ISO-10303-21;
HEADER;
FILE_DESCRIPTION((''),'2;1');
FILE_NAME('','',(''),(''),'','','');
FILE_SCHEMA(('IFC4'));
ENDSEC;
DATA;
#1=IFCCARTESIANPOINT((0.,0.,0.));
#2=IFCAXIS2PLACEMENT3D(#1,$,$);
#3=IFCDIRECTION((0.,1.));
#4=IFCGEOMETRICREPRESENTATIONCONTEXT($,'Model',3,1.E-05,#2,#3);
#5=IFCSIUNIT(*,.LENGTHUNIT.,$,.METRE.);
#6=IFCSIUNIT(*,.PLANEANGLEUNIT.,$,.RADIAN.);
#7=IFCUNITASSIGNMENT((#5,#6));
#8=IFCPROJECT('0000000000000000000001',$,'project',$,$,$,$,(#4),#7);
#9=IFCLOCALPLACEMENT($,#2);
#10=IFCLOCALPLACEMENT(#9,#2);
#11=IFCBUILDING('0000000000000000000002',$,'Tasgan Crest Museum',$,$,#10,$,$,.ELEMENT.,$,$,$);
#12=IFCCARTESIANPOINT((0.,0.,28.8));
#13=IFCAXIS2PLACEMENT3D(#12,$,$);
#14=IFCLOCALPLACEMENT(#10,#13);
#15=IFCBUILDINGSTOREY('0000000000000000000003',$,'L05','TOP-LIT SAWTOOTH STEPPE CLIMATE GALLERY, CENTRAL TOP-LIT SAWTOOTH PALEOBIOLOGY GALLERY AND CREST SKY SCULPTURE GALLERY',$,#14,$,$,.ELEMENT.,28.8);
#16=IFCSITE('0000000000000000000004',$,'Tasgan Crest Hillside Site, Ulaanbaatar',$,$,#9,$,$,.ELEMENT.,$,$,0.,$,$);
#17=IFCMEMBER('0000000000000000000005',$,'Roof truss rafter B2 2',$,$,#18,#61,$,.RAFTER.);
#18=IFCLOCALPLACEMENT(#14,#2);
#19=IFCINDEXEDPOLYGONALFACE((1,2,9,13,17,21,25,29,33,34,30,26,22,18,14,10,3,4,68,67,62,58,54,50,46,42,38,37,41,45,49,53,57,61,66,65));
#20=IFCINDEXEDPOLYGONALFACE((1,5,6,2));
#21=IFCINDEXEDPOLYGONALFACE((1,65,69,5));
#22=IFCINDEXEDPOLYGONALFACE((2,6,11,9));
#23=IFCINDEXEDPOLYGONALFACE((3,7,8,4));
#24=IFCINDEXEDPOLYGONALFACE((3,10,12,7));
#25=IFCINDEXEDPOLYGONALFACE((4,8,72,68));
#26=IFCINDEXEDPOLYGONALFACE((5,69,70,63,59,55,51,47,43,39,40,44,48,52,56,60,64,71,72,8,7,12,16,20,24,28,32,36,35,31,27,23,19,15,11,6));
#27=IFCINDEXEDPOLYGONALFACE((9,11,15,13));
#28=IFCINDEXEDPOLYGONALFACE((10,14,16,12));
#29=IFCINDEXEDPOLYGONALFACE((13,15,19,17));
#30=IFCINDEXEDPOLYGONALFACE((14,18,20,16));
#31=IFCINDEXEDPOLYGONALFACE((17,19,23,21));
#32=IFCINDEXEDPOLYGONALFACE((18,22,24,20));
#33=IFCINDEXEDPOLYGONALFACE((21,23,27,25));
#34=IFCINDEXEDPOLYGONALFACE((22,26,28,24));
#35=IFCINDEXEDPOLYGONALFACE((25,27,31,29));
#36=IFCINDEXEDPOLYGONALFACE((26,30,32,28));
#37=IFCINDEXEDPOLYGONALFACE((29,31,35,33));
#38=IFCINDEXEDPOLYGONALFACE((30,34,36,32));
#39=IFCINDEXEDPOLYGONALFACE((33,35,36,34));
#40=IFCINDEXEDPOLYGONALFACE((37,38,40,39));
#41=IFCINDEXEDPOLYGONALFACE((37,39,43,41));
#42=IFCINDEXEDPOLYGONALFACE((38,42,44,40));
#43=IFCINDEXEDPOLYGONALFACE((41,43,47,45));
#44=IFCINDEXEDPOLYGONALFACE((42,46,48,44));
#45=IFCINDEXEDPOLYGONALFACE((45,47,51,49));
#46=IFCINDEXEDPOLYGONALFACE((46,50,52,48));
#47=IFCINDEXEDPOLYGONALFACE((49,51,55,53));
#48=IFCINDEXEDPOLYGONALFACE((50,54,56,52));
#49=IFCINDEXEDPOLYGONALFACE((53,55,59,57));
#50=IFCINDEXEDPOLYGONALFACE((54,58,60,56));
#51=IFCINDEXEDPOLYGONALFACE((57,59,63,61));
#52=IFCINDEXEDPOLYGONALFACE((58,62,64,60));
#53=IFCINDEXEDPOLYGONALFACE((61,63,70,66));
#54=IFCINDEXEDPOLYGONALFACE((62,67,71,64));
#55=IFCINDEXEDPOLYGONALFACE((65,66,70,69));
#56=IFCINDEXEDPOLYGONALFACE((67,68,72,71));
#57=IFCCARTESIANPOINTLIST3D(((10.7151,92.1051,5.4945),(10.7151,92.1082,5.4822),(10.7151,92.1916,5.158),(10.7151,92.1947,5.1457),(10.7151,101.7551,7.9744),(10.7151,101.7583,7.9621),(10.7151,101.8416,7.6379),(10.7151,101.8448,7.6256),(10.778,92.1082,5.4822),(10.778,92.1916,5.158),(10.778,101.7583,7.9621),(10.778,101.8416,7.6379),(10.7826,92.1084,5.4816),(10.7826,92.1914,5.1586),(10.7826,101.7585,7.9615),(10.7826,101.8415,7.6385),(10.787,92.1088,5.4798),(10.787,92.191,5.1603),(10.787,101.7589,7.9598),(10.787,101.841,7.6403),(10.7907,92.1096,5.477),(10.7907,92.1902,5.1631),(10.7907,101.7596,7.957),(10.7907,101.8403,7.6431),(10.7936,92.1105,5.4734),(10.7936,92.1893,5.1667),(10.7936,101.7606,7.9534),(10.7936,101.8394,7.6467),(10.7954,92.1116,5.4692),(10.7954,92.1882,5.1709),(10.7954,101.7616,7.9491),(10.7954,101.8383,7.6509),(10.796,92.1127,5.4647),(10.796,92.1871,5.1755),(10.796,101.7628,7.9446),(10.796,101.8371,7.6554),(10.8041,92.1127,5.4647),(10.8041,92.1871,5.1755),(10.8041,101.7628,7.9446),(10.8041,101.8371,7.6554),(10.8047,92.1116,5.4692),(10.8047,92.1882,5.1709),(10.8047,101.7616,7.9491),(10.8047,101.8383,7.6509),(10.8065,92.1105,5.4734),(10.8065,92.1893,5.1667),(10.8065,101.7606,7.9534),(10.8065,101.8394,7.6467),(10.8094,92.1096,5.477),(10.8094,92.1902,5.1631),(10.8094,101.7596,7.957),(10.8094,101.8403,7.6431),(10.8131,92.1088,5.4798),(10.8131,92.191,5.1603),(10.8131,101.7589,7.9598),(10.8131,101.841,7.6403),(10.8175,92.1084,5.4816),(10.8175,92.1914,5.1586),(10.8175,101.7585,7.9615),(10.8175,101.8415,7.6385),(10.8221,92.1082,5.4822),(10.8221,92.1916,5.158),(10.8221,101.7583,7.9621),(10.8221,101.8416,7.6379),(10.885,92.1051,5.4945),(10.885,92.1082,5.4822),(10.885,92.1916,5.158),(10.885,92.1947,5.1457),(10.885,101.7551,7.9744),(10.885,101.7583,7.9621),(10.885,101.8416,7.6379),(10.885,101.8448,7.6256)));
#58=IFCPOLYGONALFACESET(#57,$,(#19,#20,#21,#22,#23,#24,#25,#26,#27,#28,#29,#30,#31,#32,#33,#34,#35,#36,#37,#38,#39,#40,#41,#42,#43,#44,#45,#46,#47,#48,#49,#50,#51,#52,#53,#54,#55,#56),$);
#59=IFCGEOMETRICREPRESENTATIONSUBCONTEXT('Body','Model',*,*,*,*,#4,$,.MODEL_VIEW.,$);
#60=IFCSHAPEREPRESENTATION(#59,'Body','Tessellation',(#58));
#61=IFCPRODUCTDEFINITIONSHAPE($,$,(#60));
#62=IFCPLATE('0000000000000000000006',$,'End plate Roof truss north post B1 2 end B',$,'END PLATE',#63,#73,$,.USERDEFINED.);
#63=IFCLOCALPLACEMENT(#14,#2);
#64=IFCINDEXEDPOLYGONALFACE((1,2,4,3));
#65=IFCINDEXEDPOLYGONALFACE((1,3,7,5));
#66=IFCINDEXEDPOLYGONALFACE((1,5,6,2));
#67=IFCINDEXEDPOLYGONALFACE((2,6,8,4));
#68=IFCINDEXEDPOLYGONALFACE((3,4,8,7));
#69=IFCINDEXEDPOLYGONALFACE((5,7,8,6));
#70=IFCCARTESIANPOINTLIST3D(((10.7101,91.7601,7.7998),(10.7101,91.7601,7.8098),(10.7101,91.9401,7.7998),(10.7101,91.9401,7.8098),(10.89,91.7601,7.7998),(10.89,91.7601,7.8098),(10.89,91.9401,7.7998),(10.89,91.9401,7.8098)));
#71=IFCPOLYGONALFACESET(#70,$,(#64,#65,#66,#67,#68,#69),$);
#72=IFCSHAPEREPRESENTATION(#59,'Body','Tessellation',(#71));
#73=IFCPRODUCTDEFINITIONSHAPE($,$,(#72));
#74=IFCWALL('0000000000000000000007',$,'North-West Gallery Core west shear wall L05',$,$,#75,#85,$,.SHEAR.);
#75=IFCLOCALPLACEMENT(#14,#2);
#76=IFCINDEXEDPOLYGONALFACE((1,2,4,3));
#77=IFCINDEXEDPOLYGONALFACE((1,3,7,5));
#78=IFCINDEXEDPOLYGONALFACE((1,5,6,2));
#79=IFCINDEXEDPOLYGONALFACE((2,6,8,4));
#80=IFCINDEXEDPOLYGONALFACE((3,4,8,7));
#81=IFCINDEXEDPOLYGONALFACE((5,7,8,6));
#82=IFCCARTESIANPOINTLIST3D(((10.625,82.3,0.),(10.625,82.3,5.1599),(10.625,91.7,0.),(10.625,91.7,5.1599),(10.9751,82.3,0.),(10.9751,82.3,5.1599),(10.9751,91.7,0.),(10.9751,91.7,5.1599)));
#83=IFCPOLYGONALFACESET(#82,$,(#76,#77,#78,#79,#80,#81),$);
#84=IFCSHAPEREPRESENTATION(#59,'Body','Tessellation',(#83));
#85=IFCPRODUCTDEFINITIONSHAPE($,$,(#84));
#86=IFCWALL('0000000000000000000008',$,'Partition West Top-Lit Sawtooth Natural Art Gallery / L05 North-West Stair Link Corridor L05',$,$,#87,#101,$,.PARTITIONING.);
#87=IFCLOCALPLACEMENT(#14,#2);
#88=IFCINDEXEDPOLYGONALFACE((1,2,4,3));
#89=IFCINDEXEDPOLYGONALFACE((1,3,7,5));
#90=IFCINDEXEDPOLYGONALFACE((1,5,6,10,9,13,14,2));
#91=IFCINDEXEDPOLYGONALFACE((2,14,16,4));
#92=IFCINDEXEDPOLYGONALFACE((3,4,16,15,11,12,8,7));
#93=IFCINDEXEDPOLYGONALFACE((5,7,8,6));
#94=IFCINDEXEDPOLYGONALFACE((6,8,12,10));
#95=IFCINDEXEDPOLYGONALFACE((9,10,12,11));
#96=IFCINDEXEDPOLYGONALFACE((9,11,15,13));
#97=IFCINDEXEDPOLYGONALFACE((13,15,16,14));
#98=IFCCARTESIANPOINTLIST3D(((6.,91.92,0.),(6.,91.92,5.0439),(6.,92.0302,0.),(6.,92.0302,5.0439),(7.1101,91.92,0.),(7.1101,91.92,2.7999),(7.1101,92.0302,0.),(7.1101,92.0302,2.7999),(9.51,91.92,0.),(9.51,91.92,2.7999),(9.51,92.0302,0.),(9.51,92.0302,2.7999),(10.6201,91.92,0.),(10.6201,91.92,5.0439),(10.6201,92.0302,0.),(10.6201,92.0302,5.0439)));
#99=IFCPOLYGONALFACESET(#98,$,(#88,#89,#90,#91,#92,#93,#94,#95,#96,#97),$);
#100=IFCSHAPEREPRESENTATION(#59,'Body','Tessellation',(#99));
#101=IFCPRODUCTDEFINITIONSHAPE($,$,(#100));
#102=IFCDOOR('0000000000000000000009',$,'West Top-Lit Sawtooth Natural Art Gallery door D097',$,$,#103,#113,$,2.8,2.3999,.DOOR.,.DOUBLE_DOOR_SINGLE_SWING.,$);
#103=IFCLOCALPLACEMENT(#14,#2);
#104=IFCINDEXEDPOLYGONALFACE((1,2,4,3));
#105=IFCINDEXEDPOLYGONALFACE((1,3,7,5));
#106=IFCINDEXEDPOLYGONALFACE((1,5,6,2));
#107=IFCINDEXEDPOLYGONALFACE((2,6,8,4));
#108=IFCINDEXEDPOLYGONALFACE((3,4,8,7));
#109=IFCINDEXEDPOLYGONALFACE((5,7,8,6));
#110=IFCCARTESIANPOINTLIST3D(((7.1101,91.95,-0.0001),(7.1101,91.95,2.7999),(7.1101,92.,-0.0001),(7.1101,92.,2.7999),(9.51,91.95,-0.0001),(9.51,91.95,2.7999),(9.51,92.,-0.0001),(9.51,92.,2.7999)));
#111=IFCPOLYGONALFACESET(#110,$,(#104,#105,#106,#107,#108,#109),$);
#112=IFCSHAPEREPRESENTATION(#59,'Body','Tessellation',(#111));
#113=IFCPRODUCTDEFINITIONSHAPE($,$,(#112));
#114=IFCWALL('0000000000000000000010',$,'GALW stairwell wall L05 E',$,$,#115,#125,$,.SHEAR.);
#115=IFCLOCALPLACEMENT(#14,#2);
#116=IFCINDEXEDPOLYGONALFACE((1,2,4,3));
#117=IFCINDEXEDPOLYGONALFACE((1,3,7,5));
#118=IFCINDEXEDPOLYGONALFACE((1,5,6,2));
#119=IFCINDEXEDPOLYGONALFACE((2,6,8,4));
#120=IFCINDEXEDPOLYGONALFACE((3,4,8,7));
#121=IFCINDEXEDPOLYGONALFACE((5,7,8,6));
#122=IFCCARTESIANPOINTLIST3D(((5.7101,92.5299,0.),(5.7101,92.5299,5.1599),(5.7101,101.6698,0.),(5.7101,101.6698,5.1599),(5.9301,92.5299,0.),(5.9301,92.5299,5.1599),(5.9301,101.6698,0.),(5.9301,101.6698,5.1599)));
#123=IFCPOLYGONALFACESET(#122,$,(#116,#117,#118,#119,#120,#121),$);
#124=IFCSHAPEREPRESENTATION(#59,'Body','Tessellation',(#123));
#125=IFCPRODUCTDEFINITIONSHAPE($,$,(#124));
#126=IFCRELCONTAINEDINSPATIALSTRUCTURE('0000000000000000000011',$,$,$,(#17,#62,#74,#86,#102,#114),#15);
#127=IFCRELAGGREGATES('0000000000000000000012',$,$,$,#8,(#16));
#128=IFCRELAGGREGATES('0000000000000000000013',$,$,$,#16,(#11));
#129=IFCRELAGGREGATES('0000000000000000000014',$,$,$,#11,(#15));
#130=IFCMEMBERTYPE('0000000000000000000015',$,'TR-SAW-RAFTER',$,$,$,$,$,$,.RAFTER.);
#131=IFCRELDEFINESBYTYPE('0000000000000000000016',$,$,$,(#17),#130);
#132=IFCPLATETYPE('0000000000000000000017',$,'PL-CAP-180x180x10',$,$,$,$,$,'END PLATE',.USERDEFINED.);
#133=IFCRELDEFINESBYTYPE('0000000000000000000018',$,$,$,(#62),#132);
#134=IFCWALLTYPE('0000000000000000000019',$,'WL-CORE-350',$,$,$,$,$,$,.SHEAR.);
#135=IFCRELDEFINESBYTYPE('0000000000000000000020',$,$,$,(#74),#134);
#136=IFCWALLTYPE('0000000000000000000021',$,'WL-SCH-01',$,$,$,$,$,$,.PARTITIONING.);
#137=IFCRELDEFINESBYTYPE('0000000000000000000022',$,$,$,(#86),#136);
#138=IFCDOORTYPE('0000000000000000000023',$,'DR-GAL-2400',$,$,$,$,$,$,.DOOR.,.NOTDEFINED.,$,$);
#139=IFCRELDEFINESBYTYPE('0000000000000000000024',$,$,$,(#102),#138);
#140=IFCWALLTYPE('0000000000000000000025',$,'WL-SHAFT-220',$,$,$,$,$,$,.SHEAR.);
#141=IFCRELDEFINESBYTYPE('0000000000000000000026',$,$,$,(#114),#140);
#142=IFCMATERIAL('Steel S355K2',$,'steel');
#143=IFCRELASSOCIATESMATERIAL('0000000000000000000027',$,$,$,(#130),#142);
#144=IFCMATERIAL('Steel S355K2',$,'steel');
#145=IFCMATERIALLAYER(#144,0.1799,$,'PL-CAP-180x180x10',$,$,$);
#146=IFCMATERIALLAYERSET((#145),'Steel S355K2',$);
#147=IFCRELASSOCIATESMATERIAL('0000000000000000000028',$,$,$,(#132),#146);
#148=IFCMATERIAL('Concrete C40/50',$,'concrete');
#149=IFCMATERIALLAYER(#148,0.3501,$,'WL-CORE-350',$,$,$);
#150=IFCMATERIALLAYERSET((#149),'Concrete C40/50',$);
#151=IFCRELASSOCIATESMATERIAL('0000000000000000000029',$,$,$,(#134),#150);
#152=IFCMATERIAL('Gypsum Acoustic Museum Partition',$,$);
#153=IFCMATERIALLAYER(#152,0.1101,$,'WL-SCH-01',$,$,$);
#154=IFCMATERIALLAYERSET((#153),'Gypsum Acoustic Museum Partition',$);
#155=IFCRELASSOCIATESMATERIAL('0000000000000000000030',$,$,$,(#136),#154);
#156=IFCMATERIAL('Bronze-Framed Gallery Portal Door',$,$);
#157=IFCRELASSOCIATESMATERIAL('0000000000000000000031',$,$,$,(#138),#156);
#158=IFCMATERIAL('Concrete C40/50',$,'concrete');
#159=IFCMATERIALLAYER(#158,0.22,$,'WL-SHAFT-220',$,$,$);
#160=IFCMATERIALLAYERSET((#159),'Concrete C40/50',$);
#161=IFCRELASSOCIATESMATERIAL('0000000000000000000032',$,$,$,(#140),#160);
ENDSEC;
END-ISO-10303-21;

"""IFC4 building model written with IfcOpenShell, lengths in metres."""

from ifc_helpers import new_model, si_unit, direction, frame, frame_2d, origin, origin_2d, place, context, subcontext, project, spatial, rectangle, i_section, extrude, material, layer, layer_set, material_profile, profile_set, type_object, element, fill, save


model = new_model("IFC4")

# Units and contexts
model_context = context("Model", 3, precision=1e-05, world=origin(), true_north=direction((0.0, 1.0)))
body_context = subcontext(model_context, "Body", "Model", "MODEL_VIEW")
ifc_project = project(units=[si_unit("LENGTHUNIT", "METRE"), si_unit("PLANEANGLEUNIT", "RADIAN")], contexts=[model_context])

# Site, building, storey
site_placement = place(None, origin())
site = spatial("IfcSite", under=ifc_project, at=site_placement, Name="Tasgan Crest Hillside Site, Ulaanbaatar", CompositionType="ELEMENT", RefElevation=0.0)
building_placement = place(site_placement, origin())
building = spatial("IfcBuilding", under=site, at=building_placement, Name="Tasgan Crest Museum", CompositionType="ELEMENT")
storey_placement = place(building_placement, frame((0.0, 0.0, 28.8)))
storey = spatial("IfcBuildingStorey", under=building, at=storey_placement, Name="L05", Description="TOP-LIT SAWTOOTH STEPPE CLIMATE GALLERY, CENTRAL TOP-LIT SAWTOOTH PALEOBIOLOGY GALLERY AND CREST SKY SCULPTURE GALLERY", CompositionType="ELEMENT", Elevation=28.8)

# Member
ifc_material_1 = material(Name="Steel S355K2", Category="steel")
ifc_material_profile_1 = material_profile(ifc_material_1, i_section(OverallWidth=0.1699, OverallDepth=0.3601, WebThickness=0.0081, FlangeThickness=0.0127, FilletRadius=0.0181, at=origin_2d()), Name="IPE 360")
ifc_profile_set_1 = profile_set([ifc_material_profile_1], Name="Steel S355K2")
member_type_1 = type_object("IfcMemberType", Name="TR-SAW-RAFTER", PredefinedType="RAFTER", material=ifc_profile_set_1)
for number, where, z_axis, x_axis, name in (
    (1, (10.8, 92.1499, 5.3201), (0.0, 0.968529, 0.248901), (-1.0, 0.0, 0.0), "Roof truss rafter B2 2"),
):
    element("IfcMember", number, at=place(storey_placement, frame(where, z_axis=z_axis, x_axis=x_axis)), inside=storey, type_object=member_type_1, Name=name, PredefinedType="RAFTER", context=body_context, shape_type="SweptSolid", body=[
        extrude(i_section(OverallWidth=0.1699, OverallDepth=0.3601, WebThickness=0.0081, FlangeThickness=0.0127, FilletRadius=0.0181, at=origin_2d()), origin(), (0.0, 0.0, 1.0), 9.9636),
    ])

# Plate
ifc_material_2 = material(Name="Steel S355K2", Category="steel")
ifc_layer_1 = layer(ifc_material_2, 0.1799, Name="PL-CAP-180x180x10")
ifc_layer_set_1 = layer_set([ifc_layer_1], Name="Steel S355K2")
plate_type = type_object("IfcPlateType", Name="PL-CAP-180x180x10", ElementType="END PLATE", PredefinedType="USERDEFINED", material=ifc_layer_set_1)
plate_placement = place(storey_placement, frame((10.8, 91.8501, 7.7998), z_axis=(0.0, 0.0, 1.0), x_axis=(1.0, 0.0, 0.0)))
element("IfcPlate", 2, at=plate_placement, inside=storey, type_object=plate_type, Name="End plate Roof truss north post B1 2 end B", ObjectType="END PLATE", PredefinedType="USERDEFINED", context=body_context, shape_type="SweptSolid", body=[
    extrude(rectangle(XDim=0.1799, YDim=0.1799, at=origin_2d()), origin(), (0.0, 0.0, 1.0), 0.01),
])

# Wall
ifc_material_3 = material(Name="Concrete C40/50", Category="concrete")
ifc_layer_2 = layer(ifc_material_3, 0.3501, Name="WL-CORE-350")
ifc_layer_set_2 = layer_set([ifc_layer_2], Name="Concrete C40/50")
wall_type_1 = type_object("IfcWallType", Name="WL-CORE-350", PredefinedType="SHEAR", material=ifc_layer_set_2)
wall_1_placement = place(storey_placement, frame((10.8, 82.3, 0.0), z_axis=(0.0, 0.0, 1.0), x_axis=(0.0, 1.0, 0.0)))
element("IfcWall", 3, at=wall_1_placement, inside=storey, type_object=wall_type_1, Name="North-West Gallery Core west shear wall L05", PredefinedType="SHEAR", context=body_context, shape_type="SweptSolid", body=[
    extrude(rectangle(XDim=9.3999, YDim=0.3501, at=frame_2d((4.7, 0.0))), origin(), (0.0, 0.0, 1.0), 5.1599),
])

# Wall, opening, door
ifc_material_4 = material(Name="Gypsum Acoustic Museum Partition")
ifc_layer_3 = layer(ifc_material_4, 0.1101, Name="WL-SCH-01")
ifc_layer_set_3 = layer_set([ifc_layer_3], Name="Gypsum Acoustic Museum Partition")
wall_type_2 = type_object("IfcWallType", Name="WL-SCH-01", PredefinedType="PARTITIONING", material=ifc_layer_set_3)
wall_2_placement = place(storey_placement, frame((6.0, 91.9751, 0.0), z_axis=(0.0, 0.0, 1.0), x_axis=(1.0, 0.0, 0.0)))
wall_2 = element("IfcWall", 4, at=wall_2_placement, inside=storey, type_object=wall_type_2, Name="Partition West Top-Lit Sawtooth Natural Art Gallery / L05 North-West Stair Link Corridor L05", PredefinedType="PARTITIONING", context=body_context, shape_type="SweptSolid", body=[
    extrude(rectangle(XDim=4.6201, YDim=0.1101, at=frame_2d((2.3101, 0.0))), origin(), (0.0, 0.0, 1.0), 5.0439),
])
opening_placement = place(wall_2_placement, frame((1.1101, 0.0, 0.0)))
opening = element("IfcOpeningElement", 5, at=opening_placement, cuts=wall_2, PredefinedType="OPENING", context=body_context, shape_type="SweptSolid", body=[
    extrude(rectangle(XDim=2.3999, YDim=2.8, at=frame_2d((1.2, 1.3999))), frame((0.0, 0.0649, 0.0), z_axis=(0.0, -1.0, 0.0), x_axis=(1.0, 0.0, 0.0)), (0.0, 0.0, 1.0), 0.1301),
])
ifc_material_5 = material(Name="Bronze-Framed Gallery Portal Door")
door_type = type_object("IfcDoorType", Name="DR-GAL-2400", OperationType="NOTDEFINED", PredefinedType="DOOR", material=ifc_material_5)
door_placement = place(opening_placement, origin())
door = element("IfcDoor", 6, at=door_placement, inside=storey, type_object=door_type, Name="West Top-Lit Sawtooth Natural Art Gallery door D097", OperationType="DOUBLE_DOOR_SINGLE_SWING", OverallHeight=2.8, OverallWidth=2.3999, PredefinedType="DOOR", context=body_context, shape_type="SweptSolid", body=[
    extrude(rectangle(XDim=2.3999, YDim=2.8, at=frame_2d((1.2, 1.3999))), frame((0.0, 0.0249, 0.0), z_axis=(0.0, -1.0, 0.0), x_axis=(1.0, 0.0, 0.0)), (0.0, 0.0, 1.0), 0.05),
])
fill(opening, door)

# Wall
ifc_material_6 = material(Name="Concrete C40/50", Category="concrete")
ifc_layer_4 = layer(ifc_material_6, 0.22, Name="WL-SHAFT-220")
ifc_layer_set_4 = layer_set([ifc_layer_4], Name="Concrete C40/50")
wall_type_3 = type_object("IfcWallType", Name="WL-SHAFT-220", PredefinedType="SHEAR", material=ifc_layer_set_4)
wall_3_placement = place(storey_placement, frame((5.8201, 92.53, 0.0), z_axis=(0.0, 0.0, 1.0), x_axis=(0.0, 1.0, 0.0)))
element("IfcWall", 7, at=wall_3_placement, inside=storey, type_object=wall_type_3, Name="GALW stairwell wall L05 E", PredefinedType="SHEAR", context=body_context, shape_type="SweptSolid", body=[
    extrude(rectangle(XDim=9.1399, YDim=0.22, at=frame_2d((4.5698, 0.0))), origin(), (0.0, 0.0, 1.0), 5.1599),
])

save(model, "model.ifc")
